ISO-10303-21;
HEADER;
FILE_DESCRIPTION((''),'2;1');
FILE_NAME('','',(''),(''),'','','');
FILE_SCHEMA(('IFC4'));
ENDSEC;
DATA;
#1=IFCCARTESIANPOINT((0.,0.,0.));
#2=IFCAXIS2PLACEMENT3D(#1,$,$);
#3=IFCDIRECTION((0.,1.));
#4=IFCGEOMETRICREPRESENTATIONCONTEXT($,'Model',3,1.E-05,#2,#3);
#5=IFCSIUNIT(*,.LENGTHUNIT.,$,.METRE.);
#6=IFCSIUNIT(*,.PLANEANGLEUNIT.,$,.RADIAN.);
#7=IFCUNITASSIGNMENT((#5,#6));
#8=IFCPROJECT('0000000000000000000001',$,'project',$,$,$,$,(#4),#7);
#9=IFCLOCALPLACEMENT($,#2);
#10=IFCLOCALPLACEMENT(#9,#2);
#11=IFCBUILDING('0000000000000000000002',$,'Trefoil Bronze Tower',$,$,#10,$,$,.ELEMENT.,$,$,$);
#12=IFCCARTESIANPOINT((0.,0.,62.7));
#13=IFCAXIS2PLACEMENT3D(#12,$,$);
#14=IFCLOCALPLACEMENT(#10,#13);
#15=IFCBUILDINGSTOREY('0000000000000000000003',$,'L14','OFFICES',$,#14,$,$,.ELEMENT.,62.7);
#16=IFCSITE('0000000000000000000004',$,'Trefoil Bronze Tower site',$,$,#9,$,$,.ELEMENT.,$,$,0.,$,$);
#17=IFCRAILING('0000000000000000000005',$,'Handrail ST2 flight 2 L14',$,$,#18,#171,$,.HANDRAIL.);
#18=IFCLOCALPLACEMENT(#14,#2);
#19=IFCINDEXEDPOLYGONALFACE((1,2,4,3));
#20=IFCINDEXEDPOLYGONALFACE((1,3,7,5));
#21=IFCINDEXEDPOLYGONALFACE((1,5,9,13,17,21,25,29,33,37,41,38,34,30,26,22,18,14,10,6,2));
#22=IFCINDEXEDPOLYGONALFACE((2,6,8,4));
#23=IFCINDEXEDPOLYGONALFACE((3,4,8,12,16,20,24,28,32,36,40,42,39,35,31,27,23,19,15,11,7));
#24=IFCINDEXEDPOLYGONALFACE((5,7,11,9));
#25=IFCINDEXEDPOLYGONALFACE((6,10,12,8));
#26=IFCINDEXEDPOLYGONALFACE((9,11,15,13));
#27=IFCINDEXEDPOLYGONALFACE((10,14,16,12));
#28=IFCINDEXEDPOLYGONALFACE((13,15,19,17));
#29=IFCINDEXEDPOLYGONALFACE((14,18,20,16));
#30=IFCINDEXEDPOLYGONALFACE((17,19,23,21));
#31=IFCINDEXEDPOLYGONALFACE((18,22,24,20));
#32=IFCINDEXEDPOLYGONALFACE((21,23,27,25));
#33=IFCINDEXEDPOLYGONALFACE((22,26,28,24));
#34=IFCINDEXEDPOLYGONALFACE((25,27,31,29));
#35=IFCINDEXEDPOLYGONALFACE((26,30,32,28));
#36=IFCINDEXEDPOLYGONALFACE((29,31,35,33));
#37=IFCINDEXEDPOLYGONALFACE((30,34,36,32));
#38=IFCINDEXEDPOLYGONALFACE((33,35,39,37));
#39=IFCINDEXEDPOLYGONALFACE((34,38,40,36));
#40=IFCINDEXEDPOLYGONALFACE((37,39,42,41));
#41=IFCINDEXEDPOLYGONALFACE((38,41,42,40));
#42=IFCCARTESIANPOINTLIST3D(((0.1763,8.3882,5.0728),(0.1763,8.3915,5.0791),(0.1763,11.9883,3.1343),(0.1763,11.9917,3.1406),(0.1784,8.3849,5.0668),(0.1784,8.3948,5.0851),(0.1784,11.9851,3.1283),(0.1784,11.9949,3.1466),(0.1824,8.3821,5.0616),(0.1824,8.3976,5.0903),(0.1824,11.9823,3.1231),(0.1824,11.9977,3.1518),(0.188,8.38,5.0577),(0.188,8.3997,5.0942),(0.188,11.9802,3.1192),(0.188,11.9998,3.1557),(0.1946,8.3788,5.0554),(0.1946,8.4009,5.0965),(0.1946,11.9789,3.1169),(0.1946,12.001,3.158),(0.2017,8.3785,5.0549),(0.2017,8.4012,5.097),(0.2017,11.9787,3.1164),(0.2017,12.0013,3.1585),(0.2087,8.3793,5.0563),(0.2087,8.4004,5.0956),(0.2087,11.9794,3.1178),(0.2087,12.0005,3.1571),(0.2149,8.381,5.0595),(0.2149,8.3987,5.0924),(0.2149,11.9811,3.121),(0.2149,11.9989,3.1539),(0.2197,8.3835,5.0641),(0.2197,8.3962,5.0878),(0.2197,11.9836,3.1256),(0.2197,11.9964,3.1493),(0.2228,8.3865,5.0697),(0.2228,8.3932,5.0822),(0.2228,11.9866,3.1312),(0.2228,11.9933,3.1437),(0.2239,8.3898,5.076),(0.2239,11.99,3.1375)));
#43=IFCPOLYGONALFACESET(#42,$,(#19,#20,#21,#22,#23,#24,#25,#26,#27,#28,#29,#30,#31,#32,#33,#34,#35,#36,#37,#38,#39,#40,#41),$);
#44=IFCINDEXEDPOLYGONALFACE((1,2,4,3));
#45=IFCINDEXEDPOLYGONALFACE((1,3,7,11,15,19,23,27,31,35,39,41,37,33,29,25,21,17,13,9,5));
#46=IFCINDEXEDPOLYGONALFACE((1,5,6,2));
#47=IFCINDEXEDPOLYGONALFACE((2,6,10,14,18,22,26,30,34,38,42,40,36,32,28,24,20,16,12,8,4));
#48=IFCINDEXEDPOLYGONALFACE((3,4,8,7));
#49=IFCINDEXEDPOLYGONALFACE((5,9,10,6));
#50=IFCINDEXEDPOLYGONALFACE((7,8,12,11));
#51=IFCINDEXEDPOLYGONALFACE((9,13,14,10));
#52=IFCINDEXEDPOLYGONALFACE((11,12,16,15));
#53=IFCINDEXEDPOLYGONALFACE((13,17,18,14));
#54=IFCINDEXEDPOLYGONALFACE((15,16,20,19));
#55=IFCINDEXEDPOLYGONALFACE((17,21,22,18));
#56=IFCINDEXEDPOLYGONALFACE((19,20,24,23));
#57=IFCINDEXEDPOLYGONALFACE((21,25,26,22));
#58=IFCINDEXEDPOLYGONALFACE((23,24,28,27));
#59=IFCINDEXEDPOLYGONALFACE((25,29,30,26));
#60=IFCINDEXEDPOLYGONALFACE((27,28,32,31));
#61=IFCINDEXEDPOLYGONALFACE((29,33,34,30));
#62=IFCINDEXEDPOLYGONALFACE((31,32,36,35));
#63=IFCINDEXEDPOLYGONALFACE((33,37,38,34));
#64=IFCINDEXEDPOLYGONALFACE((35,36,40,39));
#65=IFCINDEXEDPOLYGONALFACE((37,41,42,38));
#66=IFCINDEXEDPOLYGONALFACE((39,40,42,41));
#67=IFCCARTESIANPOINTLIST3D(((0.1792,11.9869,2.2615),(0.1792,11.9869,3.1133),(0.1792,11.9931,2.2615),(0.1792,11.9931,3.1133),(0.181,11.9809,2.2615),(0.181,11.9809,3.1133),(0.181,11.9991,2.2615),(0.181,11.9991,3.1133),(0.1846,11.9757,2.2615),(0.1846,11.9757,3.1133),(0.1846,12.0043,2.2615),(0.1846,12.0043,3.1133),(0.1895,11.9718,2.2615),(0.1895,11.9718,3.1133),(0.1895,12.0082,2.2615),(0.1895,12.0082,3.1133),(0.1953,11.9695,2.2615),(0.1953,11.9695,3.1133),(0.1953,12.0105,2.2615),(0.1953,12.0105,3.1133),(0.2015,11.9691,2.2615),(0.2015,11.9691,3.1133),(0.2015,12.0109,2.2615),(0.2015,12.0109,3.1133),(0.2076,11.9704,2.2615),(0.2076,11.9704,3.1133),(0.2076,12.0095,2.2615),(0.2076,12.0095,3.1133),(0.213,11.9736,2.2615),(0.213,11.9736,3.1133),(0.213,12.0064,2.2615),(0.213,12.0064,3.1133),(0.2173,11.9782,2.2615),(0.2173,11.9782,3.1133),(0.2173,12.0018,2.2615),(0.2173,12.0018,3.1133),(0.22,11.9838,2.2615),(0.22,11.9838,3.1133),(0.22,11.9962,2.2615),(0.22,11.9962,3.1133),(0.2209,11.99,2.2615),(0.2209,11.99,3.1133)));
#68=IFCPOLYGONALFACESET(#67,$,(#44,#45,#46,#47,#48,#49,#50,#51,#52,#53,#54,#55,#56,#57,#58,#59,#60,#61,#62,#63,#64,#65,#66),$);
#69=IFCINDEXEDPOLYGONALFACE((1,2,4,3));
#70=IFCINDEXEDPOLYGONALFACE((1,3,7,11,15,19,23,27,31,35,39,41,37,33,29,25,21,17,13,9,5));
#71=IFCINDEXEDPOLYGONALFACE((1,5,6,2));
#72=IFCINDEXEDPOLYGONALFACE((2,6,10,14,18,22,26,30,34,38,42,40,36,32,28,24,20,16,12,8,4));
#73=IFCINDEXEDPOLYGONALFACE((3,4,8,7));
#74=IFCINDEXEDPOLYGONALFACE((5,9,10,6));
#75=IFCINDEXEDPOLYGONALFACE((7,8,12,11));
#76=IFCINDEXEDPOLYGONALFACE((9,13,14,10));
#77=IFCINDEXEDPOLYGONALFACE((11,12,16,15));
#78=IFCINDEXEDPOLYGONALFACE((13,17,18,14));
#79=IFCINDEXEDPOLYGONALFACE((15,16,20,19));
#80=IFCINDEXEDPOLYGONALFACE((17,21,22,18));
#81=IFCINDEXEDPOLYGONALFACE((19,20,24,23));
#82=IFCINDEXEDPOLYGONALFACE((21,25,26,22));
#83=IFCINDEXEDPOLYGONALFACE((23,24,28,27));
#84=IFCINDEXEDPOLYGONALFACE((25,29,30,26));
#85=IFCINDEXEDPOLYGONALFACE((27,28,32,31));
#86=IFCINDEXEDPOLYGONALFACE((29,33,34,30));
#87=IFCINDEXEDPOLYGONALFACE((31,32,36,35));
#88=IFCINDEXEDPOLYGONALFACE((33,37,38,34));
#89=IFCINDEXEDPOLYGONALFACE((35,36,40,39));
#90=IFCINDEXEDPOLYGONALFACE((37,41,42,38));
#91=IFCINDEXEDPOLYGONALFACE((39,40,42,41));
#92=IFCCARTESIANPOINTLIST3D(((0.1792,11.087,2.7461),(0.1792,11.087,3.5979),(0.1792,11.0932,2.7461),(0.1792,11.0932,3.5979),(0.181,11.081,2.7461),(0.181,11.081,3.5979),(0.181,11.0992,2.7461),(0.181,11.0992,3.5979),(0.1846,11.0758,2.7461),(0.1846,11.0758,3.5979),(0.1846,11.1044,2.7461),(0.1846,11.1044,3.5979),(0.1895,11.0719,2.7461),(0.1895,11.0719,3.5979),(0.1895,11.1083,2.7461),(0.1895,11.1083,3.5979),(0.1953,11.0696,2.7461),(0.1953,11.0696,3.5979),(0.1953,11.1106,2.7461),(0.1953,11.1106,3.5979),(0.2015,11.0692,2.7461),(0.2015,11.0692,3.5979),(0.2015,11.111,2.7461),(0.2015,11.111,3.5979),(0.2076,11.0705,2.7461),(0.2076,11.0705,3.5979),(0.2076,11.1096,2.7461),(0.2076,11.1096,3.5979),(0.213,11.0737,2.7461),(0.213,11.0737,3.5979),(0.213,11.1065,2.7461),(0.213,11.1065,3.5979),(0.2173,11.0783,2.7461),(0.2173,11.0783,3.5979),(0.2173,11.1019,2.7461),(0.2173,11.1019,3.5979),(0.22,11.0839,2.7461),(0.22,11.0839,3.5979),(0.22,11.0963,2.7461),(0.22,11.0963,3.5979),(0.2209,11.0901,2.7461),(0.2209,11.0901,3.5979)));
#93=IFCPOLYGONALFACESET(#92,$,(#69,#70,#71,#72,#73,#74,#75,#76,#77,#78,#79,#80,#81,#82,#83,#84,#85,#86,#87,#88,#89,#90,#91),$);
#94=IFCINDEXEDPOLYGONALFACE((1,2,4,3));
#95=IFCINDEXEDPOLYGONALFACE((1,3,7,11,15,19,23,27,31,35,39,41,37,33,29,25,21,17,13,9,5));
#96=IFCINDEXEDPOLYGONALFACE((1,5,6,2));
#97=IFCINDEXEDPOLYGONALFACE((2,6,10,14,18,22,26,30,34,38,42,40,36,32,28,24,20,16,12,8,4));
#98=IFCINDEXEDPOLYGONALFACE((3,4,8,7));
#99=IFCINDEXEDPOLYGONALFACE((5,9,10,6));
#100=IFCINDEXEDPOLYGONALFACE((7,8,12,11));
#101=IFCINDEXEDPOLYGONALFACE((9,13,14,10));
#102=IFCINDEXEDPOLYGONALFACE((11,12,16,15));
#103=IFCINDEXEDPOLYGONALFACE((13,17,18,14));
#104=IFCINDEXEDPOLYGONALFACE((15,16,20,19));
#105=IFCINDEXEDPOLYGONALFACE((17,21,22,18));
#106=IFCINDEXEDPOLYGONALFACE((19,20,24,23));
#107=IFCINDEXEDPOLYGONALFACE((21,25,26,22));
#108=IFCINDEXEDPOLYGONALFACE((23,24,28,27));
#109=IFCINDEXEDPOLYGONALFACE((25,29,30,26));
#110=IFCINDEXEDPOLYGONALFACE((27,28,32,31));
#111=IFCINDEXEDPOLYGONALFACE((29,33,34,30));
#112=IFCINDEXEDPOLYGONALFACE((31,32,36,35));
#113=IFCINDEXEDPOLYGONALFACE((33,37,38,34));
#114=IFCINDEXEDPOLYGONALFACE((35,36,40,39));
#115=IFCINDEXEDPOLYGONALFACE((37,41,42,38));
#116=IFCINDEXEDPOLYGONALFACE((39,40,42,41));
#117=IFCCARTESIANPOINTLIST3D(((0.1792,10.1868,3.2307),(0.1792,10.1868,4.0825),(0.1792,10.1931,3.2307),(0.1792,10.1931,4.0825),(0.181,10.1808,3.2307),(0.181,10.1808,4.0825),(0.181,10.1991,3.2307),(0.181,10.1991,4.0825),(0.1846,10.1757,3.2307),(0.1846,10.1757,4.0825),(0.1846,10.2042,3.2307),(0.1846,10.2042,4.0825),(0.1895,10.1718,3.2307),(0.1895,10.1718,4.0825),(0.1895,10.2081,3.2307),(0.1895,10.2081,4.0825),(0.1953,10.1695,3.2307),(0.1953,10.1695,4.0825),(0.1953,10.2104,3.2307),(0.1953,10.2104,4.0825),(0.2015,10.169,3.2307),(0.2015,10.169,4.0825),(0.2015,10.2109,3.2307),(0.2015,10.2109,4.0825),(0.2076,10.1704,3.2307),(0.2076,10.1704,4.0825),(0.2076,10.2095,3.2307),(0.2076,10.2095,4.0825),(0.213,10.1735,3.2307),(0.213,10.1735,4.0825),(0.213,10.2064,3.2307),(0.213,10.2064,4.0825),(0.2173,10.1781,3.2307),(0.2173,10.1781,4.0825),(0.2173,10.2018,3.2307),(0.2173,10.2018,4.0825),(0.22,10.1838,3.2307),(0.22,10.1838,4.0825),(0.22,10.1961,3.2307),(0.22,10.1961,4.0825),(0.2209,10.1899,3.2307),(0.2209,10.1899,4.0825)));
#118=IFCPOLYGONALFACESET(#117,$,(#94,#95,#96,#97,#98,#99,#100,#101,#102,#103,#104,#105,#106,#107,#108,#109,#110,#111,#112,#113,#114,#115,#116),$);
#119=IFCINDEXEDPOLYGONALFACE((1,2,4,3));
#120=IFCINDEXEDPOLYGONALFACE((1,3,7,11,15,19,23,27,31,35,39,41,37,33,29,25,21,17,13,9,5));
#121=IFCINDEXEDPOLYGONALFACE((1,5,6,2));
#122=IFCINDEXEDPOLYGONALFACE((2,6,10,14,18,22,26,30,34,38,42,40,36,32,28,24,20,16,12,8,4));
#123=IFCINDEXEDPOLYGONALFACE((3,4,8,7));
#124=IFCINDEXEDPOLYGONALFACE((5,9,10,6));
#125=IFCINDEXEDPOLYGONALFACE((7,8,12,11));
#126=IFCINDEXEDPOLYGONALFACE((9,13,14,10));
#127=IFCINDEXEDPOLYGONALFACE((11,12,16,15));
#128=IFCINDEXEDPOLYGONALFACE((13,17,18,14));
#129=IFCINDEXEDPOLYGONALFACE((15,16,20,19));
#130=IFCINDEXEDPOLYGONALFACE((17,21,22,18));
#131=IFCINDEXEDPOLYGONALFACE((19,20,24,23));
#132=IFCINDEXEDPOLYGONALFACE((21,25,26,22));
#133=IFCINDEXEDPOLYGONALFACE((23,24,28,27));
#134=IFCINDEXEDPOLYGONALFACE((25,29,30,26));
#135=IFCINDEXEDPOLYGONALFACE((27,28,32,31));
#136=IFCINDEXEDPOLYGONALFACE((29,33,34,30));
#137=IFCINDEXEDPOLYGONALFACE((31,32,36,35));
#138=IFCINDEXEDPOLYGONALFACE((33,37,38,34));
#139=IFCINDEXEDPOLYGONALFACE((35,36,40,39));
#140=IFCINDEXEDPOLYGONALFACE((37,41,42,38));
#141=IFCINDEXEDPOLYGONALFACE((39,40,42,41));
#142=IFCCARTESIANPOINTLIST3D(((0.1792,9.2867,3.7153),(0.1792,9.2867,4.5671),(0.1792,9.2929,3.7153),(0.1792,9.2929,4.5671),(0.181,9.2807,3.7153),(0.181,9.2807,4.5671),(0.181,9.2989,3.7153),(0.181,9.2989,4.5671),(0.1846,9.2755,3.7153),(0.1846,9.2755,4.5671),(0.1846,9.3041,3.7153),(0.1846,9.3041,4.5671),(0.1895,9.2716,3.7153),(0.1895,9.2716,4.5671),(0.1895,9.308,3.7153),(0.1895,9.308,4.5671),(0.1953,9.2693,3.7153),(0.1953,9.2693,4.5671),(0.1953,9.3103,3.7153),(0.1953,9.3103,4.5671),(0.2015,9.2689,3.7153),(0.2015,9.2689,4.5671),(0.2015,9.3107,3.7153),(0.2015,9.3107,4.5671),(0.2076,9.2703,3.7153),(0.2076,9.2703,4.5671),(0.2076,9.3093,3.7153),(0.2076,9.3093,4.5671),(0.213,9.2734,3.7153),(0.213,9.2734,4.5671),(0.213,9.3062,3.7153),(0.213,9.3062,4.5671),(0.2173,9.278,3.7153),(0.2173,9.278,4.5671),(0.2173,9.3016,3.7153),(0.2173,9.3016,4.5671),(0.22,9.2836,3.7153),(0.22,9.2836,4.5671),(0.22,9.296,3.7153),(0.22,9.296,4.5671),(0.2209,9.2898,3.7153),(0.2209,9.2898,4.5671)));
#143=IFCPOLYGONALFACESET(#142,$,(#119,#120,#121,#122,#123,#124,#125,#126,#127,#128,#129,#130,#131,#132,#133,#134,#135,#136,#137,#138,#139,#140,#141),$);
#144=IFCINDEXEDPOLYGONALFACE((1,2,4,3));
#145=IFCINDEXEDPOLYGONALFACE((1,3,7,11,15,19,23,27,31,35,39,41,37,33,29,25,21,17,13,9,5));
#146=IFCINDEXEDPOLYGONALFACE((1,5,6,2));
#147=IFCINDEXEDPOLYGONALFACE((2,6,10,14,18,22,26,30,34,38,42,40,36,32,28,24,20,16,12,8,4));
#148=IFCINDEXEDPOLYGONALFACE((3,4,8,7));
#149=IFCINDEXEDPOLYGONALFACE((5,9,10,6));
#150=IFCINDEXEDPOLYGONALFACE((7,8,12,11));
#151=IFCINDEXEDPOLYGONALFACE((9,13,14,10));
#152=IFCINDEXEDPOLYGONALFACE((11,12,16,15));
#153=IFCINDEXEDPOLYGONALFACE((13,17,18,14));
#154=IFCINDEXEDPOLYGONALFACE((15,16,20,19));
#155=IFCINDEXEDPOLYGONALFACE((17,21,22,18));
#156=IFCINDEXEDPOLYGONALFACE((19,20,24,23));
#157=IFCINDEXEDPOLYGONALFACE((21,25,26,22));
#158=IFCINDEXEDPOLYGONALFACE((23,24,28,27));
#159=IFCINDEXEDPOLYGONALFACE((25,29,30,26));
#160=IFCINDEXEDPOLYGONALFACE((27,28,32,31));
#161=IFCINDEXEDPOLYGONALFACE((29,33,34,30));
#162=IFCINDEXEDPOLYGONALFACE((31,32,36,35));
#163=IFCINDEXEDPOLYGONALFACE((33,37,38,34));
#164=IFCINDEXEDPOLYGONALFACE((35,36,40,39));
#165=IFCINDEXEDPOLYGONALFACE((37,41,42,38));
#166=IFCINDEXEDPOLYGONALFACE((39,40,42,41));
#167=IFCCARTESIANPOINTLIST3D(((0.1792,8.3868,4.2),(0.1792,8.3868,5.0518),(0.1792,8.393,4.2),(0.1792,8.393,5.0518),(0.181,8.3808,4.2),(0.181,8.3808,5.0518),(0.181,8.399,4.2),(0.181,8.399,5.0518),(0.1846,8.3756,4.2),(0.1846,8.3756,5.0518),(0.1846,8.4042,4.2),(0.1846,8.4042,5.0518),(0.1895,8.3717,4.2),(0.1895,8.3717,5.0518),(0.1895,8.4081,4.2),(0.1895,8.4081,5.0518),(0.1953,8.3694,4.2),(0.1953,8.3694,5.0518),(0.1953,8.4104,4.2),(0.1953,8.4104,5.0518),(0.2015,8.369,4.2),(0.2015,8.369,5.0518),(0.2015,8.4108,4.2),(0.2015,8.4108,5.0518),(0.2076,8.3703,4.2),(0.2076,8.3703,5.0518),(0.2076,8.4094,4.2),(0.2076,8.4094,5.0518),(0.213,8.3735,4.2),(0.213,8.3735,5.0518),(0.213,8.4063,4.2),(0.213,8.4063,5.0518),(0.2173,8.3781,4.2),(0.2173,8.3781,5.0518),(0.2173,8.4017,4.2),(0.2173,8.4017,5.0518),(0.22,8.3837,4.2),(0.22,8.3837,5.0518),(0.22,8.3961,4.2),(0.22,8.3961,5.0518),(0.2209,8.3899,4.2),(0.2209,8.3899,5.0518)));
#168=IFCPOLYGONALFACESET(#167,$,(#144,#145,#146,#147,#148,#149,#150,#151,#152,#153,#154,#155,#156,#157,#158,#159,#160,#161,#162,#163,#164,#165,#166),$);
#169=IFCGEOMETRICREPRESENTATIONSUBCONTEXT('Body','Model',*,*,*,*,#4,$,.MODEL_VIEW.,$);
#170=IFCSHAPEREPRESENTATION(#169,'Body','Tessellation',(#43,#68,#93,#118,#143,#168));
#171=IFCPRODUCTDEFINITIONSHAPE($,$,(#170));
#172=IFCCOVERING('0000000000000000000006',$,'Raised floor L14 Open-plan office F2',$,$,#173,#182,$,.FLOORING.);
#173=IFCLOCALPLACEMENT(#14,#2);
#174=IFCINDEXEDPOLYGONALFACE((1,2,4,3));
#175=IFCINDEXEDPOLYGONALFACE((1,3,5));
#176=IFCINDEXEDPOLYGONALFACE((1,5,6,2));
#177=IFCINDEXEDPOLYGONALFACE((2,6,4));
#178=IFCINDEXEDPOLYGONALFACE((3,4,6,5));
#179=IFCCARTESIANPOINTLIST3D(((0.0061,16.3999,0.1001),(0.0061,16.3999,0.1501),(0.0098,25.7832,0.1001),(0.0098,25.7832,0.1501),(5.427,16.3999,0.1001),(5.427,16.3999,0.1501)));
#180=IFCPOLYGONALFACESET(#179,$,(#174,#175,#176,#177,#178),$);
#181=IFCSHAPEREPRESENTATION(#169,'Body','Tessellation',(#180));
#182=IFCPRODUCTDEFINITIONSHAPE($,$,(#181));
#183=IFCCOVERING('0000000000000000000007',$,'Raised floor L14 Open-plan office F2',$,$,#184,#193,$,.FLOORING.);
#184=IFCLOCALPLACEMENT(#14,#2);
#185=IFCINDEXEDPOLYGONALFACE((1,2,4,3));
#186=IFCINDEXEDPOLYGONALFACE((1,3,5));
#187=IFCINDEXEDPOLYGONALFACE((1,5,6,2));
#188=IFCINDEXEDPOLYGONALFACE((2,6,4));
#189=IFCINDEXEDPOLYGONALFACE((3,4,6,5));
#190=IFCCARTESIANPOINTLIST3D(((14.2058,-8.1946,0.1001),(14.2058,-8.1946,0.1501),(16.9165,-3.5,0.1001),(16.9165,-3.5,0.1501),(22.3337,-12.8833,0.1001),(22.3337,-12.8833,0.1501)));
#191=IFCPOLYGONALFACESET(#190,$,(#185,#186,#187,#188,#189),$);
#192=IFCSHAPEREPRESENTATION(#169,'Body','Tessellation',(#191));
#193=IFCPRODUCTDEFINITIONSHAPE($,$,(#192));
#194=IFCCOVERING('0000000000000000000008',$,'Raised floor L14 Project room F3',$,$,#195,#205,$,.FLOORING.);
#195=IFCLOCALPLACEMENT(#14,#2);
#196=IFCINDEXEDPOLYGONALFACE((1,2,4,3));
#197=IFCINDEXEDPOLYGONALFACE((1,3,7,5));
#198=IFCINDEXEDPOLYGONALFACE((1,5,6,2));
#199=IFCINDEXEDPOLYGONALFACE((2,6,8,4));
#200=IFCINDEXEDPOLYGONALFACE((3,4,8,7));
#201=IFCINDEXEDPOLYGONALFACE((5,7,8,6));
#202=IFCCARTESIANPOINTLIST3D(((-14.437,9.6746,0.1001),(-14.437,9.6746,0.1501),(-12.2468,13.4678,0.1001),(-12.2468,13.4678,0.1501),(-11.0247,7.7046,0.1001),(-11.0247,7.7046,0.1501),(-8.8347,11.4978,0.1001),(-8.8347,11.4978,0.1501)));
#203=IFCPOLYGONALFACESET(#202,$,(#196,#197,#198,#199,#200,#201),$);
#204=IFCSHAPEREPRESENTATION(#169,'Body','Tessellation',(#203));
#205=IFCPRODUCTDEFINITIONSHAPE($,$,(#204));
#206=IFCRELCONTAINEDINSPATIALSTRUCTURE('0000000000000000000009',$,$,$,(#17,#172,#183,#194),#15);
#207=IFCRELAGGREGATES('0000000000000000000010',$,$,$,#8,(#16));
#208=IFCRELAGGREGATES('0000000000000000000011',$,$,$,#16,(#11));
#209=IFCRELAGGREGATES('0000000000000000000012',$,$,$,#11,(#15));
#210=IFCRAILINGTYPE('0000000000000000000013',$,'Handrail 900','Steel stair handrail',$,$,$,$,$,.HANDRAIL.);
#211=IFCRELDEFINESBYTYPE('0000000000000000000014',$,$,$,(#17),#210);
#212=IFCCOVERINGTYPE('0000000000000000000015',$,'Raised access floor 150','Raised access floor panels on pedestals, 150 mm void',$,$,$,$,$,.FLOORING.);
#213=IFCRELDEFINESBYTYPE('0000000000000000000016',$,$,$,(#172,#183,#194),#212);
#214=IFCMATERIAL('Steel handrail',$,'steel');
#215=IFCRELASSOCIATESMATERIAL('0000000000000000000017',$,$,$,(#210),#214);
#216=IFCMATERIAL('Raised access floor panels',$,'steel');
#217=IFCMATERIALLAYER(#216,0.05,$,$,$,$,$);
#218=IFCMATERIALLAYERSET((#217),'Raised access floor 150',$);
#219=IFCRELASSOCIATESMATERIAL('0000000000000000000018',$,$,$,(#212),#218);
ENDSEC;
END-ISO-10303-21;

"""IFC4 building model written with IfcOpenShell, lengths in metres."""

from ifc_helpers import new_model, si_unit, direction, frame, origin, origin_2d, place, context, subcontext, project, spatial, polyline, circle, outline, extrude, material, layer, layer_set, type_object, element, save


model = new_model("IFC4")

# Units and contexts
model_context = context("Model", 3, precision=1e-05, world=origin(), true_north=direction((0.0, 1.0)))
body_context = subcontext(model_context, "Body", "Model", "MODEL_VIEW")
ifc_project = project(units=[si_unit("LENGTHUNIT", "METRE"), si_unit("PLANEANGLEUNIT", "RADIAN")], contexts=[model_context])

# Site, building, storey
site_placement = place(None, origin())
site = spatial("IfcSite", under=ifc_project, at=site_placement, Name="Trefoil Bronze Tower site", CompositionType="ELEMENT", RefElevation=0.0)
building_placement = place(site_placement, origin())
building = spatial("IfcBuilding", under=site, at=building_placement, Name="Trefoil Bronze Tower", CompositionType="ELEMENT")
storey_placement = place(building_placement, frame((0.0, 0.0, 62.7)))
storey = spatial("IfcBuildingStorey", under=building, at=storey_placement, Name="L14", Description="OFFICES", CompositionType="ELEMENT", Elevation=62.7)

# Railing
ifc_material_1 = material(Name="Steel handrail", Category="steel")
railing_type = type_object("IfcRailingType", Name="Handrail 900", Description="Steel stair handrail", PredefinedType="HANDRAIL", material=ifc_material_1)
railing_placement = place(storey_placement, frame((0.2, 11.99, 2.2615)))
element("IfcRailing", 1, at=railing_placement, inside=storey, type_object=railing_type, Name="Handrail ST2 flight 2 L14", PredefinedType="HANDRAIL", context=body_context, shape_type="SweptSolid", body=[
    extrude(circle(Radius=0.0239, at=origin_2d()), frame((0.0, 0.0, 0.876), z_axis=(0.0, -0.880475, 0.474093), x_axis=(1.0, 0.0, 0.0)), (0.0, 0.0, 1.0), 4.0889),
    extrude(circle(Radius=0.021, at=origin_2d()), origin(), (0.0, 0.0, 1.0), 0.8518),
    extrude(circle(Radius=0.021, at=origin_2d()), frame((0.0, -0.8999, 0.4846)), (0.0, 0.0, 1.0), 0.8518),
    extrude(circle(Radius=0.021, at=origin_2d()), frame((0.0, -1.8, 0.9692)), (0.0, 0.0, 1.0), 0.8518),
    extrude(circle(Radius=0.021, at=origin_2d()), frame((0.0, -2.7002, 1.4539)), (0.0, 0.0, 1.0), 0.8518),
    extrude(circle(Radius=0.021, at=origin_2d()), frame((0.0, -3.6001, 1.9385)), (0.0, 0.0, 1.0), 0.8518),
])

# Coverings
ifc_material_2 = material(Name="Raised access floor panels", Category="steel")
ifc_layer_1 = layer(ifc_material_2, 0.05)
ifc_layer_set_1 = layer_set([ifc_layer_1], Name="Raised access floor 150")
covering_type_1 = type_object("IfcCoveringType", Name="Raised access floor 150", Description="Raised access floor panels on pedestals, 150 mm void", PredefinedType="FLOORING", material=ifc_layer_set_1)
covering_1_placement = place(storey_placement, frame((0.0, 0.0, 0.1001)))
element("IfcCovering", 2, at=covering_1_placement, inside=storey, type_object=covering_type_1, Name="Raised floor L14 Open-plan office F2", PredefinedType="FLOORING", context=body_context, shape_type="SweptSolid", body=[
    extrude(outline(polyline([(0.0061, 16.3999), (0.0098, 25.7832), (5.427, 16.3999), (0.0061, 16.3999)])), origin(), (0.0, 0.0, 1.0), 0.05),
])
covering_2_placement = place(storey_placement, frame((0.0, 0.0, 0.1001)))
element("IfcCovering", 3, at=covering_2_placement, inside=storey, type_object=covering_type_1, Name="Raised floor L14 Open-plan office F2", PredefinedType="FLOORING", context=body_context, shape_type="SweptSolid", body=[
    extrude(outline(polyline([(22.3337, -12.8833), (14.2058, -8.1946), (16.9165, -3.5), (22.3337, -12.8833)])), origin(), (0.0, 0.0, 1.0), 0.05),
])
covering_3_placement = place(storey_placement, frame((0.0, 0.0, 0.1001)))
element("IfcCovering", 4, at=covering_3_placement, inside=storey, type_object=covering_type_1, Name="Raised floor L14 Project room F3", PredefinedType="FLOORING", context=body_context, shape_type="SweptSolid", body=[
    extrude(outline(polyline([(-11.0247, 7.7046), (-14.437, 9.6746), (-12.2468, 13.4678), (-8.8347, 11.4978), (-11.0247, 7.7046)])), origin(), (0.0, 0.0, 1.0), 0.05),
])

save(model, "model.ifc")
